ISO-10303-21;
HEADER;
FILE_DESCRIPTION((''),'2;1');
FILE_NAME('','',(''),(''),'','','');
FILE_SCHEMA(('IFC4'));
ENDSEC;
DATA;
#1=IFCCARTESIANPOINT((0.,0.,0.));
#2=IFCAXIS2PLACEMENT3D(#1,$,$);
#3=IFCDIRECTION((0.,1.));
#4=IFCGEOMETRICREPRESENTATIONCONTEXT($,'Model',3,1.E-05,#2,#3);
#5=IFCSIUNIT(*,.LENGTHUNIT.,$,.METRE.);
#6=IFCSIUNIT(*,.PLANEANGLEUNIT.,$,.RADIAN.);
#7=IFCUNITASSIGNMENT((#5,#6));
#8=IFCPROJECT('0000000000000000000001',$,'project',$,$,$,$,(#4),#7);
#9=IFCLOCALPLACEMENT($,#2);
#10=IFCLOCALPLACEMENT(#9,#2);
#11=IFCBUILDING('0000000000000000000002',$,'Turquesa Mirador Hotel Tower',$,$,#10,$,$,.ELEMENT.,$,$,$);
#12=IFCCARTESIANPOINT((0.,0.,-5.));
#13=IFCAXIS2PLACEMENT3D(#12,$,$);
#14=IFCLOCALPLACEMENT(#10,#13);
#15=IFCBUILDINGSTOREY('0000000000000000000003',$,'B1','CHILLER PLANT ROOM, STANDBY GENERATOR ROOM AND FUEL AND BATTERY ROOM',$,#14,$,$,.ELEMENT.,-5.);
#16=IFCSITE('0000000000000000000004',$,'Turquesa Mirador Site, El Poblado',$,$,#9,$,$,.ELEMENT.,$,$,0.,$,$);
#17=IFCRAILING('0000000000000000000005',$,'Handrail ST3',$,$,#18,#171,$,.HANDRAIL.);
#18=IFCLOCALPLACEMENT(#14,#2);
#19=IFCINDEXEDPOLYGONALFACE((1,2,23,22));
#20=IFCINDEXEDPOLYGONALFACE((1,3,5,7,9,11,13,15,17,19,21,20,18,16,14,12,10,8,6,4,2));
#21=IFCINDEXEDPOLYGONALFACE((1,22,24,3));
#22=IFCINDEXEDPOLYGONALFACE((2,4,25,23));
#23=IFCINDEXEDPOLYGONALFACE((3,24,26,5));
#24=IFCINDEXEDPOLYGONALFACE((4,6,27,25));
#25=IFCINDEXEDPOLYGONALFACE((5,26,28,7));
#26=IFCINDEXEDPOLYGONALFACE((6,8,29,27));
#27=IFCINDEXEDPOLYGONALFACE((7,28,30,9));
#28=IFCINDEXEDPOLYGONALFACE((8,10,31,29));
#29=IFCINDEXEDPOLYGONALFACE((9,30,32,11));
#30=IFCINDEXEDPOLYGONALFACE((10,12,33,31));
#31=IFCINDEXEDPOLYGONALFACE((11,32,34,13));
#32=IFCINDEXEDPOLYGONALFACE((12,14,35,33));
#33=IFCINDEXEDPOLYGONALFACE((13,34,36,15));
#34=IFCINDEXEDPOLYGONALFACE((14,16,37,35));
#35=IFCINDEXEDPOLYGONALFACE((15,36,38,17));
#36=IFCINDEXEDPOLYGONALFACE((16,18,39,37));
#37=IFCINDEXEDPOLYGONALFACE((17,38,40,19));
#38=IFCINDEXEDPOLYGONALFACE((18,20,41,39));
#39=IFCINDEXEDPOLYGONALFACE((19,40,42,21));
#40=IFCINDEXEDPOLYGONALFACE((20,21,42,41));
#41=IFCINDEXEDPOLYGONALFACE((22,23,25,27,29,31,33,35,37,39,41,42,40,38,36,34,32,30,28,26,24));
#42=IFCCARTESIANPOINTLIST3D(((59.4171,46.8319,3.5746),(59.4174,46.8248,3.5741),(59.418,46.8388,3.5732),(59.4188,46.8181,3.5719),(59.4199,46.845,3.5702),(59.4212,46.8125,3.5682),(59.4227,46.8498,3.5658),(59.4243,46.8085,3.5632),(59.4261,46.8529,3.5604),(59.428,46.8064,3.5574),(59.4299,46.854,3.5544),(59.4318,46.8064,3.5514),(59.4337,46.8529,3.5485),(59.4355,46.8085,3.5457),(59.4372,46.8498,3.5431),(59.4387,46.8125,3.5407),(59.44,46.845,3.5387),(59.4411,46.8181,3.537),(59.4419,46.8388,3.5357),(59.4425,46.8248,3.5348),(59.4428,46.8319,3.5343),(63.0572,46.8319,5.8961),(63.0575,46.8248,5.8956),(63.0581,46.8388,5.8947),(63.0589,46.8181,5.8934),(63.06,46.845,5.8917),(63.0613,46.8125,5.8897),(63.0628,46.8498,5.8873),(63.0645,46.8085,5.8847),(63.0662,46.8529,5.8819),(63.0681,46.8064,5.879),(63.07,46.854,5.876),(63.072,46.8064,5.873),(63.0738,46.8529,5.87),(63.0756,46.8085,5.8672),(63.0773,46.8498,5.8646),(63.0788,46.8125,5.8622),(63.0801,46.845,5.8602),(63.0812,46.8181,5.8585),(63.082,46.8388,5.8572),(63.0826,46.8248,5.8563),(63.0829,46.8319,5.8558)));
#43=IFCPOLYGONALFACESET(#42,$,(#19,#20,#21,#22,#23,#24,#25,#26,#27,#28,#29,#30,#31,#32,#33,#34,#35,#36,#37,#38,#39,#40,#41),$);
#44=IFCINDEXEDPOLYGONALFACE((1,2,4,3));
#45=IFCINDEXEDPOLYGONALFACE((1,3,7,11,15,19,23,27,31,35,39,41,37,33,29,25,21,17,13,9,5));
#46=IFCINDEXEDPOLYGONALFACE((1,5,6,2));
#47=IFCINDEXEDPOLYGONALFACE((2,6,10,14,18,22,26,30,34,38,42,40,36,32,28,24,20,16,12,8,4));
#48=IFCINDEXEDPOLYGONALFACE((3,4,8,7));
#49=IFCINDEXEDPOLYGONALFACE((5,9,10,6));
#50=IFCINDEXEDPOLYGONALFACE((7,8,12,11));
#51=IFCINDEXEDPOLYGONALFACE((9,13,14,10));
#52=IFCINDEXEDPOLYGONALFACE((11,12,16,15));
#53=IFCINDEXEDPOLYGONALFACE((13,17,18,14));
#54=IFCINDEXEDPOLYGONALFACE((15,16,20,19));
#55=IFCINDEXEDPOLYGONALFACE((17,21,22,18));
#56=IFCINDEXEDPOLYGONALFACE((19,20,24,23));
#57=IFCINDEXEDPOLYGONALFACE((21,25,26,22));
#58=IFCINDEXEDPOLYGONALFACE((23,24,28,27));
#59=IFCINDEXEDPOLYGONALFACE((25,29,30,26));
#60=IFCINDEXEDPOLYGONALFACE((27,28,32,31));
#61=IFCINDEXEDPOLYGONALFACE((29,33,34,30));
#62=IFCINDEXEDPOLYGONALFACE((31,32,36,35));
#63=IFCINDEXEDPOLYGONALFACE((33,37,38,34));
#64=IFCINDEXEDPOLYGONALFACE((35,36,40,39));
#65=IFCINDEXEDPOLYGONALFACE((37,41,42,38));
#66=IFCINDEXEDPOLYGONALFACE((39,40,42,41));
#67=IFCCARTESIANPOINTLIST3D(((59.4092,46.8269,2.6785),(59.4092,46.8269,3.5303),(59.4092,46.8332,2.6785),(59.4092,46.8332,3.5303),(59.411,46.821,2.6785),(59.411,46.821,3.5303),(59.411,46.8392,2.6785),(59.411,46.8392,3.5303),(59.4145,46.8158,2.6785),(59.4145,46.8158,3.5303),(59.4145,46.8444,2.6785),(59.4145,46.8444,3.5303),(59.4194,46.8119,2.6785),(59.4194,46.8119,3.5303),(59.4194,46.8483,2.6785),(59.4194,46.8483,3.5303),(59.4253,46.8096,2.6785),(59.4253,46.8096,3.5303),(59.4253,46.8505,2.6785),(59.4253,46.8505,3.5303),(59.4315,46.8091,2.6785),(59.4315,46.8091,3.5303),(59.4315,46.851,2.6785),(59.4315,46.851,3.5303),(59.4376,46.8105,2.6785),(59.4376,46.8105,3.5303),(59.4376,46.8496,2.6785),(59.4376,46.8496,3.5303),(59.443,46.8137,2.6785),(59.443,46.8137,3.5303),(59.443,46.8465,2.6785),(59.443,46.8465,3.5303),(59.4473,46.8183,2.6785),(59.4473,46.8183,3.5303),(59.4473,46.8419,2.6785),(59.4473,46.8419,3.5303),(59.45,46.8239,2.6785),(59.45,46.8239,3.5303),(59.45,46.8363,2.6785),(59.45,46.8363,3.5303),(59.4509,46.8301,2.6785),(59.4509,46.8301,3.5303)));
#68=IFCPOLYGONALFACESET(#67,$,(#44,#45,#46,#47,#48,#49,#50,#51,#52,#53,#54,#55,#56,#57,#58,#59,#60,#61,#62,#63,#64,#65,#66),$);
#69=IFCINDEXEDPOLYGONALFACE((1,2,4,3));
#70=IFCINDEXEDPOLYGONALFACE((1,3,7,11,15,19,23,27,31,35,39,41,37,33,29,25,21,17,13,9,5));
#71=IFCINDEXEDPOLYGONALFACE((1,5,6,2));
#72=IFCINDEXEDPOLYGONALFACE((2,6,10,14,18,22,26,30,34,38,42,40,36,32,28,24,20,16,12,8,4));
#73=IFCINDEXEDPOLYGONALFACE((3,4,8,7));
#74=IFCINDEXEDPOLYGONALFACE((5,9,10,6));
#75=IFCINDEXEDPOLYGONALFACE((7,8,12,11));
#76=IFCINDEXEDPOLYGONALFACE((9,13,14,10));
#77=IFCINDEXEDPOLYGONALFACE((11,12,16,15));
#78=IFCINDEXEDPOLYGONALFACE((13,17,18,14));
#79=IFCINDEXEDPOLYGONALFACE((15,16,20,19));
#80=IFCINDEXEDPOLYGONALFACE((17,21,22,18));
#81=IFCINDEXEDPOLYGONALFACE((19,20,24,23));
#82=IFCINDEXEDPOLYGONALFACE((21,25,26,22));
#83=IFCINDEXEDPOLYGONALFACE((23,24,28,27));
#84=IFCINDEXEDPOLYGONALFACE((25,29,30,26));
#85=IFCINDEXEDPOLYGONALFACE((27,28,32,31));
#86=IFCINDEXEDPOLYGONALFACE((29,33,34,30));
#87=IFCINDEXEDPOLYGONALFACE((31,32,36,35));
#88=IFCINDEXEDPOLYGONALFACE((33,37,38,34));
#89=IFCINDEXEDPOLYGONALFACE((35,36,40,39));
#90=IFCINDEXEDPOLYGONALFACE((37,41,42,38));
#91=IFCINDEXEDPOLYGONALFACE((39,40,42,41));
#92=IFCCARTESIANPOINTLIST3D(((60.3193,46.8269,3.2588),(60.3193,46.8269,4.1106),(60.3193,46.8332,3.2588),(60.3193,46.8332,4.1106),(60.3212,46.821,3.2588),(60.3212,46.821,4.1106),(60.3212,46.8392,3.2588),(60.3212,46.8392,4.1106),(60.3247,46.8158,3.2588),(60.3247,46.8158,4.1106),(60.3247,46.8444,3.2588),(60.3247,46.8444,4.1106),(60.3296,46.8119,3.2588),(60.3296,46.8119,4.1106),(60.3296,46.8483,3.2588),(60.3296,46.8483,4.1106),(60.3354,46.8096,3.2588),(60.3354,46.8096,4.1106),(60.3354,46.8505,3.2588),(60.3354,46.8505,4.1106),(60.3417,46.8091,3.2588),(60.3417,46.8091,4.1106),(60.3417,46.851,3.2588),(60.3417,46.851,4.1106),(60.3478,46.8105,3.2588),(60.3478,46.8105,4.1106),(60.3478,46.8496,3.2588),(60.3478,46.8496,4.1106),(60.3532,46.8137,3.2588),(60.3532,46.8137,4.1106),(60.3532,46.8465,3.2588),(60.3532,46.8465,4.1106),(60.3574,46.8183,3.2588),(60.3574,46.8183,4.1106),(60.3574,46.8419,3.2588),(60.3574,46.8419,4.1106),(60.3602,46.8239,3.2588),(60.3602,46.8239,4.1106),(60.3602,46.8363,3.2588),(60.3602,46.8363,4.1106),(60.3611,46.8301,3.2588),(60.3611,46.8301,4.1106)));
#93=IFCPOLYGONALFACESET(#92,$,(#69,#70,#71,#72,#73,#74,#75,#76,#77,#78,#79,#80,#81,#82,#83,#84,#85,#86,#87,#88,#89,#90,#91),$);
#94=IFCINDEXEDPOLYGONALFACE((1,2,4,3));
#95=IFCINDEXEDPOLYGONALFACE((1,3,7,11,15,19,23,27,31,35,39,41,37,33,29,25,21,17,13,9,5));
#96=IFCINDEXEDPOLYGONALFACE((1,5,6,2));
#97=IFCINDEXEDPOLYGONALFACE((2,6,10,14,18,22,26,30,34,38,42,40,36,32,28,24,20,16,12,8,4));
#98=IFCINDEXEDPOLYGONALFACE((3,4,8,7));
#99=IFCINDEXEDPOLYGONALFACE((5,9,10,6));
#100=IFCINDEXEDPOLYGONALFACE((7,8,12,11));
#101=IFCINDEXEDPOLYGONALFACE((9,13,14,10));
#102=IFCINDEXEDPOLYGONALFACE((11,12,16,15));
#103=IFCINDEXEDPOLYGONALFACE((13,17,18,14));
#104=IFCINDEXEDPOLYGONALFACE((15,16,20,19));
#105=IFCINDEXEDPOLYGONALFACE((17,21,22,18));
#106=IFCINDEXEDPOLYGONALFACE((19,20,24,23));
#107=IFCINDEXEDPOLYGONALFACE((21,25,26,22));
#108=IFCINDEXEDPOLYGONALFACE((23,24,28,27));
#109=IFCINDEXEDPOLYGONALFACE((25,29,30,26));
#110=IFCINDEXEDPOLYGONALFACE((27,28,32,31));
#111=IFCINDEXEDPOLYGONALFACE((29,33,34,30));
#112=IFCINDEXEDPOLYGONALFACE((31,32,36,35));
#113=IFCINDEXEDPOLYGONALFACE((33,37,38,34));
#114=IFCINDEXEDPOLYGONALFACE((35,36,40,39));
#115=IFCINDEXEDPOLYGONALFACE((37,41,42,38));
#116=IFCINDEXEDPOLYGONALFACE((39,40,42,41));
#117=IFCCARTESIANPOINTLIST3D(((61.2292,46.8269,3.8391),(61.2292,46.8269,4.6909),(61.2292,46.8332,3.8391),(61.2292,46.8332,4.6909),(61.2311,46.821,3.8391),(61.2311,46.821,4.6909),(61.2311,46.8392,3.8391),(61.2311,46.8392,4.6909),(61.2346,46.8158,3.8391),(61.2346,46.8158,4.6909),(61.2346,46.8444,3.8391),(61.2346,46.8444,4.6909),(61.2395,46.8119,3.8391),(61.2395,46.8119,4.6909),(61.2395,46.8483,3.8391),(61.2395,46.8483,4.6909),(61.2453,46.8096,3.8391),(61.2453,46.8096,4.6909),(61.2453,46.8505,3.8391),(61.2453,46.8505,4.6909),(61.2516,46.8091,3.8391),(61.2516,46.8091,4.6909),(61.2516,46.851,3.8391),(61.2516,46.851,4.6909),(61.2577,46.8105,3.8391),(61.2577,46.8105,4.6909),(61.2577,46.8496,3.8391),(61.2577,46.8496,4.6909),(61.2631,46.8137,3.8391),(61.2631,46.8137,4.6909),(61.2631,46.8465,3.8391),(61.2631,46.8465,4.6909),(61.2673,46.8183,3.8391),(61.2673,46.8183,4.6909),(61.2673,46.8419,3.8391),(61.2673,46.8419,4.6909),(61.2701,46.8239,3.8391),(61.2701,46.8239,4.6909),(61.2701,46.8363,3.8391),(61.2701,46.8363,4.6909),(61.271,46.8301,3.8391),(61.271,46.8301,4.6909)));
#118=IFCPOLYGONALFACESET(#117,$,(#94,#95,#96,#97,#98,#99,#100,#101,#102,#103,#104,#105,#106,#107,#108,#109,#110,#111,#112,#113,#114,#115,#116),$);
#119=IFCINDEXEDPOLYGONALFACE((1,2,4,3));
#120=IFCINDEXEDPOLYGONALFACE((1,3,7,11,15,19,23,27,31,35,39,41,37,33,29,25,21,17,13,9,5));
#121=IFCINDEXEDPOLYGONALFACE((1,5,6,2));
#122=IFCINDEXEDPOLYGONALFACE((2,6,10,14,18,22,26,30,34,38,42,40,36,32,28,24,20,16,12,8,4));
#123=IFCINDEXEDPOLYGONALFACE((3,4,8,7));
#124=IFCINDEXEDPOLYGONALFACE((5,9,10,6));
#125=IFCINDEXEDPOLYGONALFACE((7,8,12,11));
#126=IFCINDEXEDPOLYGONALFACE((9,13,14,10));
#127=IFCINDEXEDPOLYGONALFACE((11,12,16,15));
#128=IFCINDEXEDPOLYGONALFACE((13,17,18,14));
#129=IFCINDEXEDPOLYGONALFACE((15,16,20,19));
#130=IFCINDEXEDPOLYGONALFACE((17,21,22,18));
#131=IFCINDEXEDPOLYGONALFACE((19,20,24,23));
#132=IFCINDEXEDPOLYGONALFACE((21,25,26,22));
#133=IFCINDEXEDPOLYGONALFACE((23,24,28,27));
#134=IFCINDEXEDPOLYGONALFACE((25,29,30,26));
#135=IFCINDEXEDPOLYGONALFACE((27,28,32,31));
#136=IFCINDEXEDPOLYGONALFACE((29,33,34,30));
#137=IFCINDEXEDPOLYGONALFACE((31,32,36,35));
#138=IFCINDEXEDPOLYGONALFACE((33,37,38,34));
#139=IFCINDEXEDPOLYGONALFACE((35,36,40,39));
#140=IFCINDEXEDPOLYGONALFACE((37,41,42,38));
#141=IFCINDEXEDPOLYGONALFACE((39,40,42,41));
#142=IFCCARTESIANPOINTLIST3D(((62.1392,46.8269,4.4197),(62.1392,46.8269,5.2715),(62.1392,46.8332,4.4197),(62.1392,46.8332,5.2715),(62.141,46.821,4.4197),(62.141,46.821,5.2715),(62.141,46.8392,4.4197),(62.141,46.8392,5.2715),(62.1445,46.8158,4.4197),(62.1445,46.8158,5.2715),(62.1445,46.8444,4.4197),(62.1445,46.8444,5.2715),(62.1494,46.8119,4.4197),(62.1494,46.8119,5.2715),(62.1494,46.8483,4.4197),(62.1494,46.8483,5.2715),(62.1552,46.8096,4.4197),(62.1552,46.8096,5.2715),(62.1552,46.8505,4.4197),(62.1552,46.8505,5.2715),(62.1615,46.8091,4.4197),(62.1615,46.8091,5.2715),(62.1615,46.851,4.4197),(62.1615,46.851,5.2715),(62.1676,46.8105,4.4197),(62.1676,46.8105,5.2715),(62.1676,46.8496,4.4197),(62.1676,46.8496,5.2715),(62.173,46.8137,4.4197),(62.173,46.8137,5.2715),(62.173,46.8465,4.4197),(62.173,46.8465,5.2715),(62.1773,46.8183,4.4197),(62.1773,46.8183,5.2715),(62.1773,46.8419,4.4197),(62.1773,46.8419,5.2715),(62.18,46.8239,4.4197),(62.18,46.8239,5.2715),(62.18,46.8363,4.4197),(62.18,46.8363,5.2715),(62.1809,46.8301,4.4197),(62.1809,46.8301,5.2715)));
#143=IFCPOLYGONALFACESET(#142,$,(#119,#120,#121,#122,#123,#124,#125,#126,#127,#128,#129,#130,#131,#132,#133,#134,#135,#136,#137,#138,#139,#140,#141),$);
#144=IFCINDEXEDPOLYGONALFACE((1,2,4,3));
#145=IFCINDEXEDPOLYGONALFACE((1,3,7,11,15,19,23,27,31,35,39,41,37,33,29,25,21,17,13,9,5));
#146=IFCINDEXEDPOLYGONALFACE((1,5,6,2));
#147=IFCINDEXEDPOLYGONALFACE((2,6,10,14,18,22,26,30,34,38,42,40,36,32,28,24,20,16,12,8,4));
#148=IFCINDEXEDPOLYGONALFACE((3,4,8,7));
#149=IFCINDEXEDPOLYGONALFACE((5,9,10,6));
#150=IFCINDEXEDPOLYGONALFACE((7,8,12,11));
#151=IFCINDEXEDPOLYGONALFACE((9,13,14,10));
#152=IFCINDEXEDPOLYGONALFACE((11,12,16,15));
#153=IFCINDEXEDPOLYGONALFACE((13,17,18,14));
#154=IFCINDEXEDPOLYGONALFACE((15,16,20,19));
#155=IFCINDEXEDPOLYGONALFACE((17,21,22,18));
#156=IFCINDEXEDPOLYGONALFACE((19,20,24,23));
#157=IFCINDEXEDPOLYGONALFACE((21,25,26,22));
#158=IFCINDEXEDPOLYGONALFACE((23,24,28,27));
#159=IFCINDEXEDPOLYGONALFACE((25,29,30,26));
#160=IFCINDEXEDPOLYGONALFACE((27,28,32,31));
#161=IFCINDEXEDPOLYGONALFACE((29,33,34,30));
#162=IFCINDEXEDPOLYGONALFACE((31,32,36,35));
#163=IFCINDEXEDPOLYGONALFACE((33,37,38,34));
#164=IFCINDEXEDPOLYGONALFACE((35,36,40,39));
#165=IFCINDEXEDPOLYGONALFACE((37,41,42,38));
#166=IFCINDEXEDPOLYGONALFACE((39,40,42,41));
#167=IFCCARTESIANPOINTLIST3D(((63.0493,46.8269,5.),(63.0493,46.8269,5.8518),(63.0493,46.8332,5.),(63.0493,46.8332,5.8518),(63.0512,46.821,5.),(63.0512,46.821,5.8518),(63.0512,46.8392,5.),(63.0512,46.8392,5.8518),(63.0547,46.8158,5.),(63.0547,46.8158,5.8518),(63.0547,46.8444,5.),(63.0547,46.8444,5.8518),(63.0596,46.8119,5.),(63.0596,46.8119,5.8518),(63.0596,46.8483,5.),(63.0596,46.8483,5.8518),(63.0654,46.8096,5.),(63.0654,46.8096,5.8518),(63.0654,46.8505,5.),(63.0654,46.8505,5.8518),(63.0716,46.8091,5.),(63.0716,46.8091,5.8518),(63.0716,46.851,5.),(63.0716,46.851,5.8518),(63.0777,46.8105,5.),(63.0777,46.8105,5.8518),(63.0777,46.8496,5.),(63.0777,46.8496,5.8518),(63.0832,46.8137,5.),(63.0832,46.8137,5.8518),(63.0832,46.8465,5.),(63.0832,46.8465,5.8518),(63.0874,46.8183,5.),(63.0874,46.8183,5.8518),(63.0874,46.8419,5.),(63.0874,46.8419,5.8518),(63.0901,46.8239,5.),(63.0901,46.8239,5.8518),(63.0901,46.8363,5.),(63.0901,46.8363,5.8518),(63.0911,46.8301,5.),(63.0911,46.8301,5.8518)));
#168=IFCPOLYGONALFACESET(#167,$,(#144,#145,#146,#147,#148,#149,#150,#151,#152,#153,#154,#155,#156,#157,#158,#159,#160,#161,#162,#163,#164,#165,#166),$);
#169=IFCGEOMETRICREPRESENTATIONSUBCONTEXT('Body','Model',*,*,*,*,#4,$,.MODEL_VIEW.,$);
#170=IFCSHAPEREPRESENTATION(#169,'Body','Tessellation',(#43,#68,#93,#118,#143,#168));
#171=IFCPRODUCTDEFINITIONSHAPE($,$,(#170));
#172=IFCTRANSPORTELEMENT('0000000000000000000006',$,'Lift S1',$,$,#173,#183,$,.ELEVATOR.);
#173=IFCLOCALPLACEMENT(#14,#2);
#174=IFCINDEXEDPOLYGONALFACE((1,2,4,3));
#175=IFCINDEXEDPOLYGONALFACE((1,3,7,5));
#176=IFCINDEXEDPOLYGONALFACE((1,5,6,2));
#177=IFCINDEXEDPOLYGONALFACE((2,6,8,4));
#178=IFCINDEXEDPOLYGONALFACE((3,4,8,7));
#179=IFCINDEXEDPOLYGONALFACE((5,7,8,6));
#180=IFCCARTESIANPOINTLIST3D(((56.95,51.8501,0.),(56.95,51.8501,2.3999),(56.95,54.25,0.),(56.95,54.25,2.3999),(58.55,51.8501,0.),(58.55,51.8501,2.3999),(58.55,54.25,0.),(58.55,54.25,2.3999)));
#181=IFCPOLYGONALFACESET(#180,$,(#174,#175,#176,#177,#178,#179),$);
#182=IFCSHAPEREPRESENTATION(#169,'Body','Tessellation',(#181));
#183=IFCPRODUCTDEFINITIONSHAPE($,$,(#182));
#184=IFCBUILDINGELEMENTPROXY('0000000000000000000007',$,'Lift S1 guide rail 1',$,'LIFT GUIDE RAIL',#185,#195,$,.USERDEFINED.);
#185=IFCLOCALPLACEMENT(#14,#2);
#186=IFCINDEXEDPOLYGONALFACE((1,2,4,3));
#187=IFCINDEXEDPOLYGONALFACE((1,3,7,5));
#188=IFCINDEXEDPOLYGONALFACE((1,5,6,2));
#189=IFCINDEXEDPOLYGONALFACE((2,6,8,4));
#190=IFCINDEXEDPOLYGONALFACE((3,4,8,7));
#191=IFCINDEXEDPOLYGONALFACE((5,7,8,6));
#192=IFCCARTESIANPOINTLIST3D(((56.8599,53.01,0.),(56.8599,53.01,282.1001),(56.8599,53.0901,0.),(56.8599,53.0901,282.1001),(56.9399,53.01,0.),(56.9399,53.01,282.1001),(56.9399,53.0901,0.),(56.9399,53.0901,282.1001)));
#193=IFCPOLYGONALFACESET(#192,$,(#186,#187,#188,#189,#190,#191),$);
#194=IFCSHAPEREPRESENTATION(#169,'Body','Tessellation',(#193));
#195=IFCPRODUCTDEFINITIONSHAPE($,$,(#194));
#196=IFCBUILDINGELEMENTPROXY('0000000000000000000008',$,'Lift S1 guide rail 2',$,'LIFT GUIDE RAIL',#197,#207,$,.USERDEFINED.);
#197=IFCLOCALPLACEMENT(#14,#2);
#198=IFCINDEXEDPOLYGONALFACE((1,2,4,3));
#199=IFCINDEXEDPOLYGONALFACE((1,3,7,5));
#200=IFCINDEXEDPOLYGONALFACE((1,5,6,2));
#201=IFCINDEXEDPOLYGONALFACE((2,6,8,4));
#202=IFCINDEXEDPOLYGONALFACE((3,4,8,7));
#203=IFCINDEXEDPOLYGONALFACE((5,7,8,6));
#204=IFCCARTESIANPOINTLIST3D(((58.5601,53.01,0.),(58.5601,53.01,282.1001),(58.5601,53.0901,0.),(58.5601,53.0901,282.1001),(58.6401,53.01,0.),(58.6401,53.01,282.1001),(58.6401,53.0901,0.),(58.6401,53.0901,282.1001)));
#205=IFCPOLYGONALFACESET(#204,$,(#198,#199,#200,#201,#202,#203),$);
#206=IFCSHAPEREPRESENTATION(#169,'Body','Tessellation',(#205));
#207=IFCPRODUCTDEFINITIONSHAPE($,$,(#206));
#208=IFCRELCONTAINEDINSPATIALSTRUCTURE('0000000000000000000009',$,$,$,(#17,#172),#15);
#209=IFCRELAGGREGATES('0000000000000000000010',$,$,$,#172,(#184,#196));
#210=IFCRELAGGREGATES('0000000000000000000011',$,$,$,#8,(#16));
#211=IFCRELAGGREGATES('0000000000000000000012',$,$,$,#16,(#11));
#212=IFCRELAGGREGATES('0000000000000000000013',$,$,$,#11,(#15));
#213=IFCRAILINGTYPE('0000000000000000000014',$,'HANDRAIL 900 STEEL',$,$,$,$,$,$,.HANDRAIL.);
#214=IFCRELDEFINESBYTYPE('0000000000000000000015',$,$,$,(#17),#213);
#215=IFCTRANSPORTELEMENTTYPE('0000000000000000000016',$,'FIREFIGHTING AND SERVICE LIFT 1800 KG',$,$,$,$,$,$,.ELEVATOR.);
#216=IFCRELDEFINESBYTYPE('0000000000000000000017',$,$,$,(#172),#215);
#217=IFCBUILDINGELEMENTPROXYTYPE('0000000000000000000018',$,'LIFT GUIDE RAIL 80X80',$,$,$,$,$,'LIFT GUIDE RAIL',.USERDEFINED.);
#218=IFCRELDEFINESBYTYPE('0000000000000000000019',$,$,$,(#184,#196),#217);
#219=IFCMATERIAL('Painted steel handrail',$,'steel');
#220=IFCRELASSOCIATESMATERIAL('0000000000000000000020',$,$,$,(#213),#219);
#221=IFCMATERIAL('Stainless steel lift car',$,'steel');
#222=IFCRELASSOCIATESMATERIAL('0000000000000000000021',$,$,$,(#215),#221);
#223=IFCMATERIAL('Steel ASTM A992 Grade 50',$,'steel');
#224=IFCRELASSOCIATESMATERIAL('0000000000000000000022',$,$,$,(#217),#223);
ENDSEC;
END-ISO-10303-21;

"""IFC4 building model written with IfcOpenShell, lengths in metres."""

from ifc_helpers import new_model, si_unit, direction, frame, origin, origin_2d, place, context, subcontext, project, spatial, rectangle, circle, extrude, material, type_object, element, aggregate, save


model = new_model("IFC4")

# Units and contexts
model_context = context("Model", 3, precision=1e-05, world=origin(), true_north=direction((0.0, 1.0)))
body_context = subcontext(model_context, "Body", "Model", "MODEL_VIEW")
ifc_project = project(units=[si_unit("LENGTHUNIT", "METRE"), si_unit("PLANEANGLEUNIT", "RADIAN")], contexts=[model_context])

# Site, building, storey
site_placement = place(None, origin())
site = spatial("IfcSite", under=ifc_project, at=site_placement, Name="Turquesa Mirador Site, El Poblado", CompositionType="ELEMENT", RefElevation=0.0)
building_placement = place(site_placement, origin())
building = spatial("IfcBuilding", under=site, at=building_placement, Name="Turquesa Mirador Hotel Tower", CompositionType="ELEMENT")
storey_placement = place(building_placement, frame((0.0, 0.0, -5.0)))
storey = spatial("IfcBuildingStorey", under=building, at=storey_placement, Name="B1", Description="CHILLER PLANT ROOM, STANDBY GENERATOR ROOM AND FUEL AND BATTERY ROOM", CompositionType="ELEMENT", Elevation=-5.0)

# Railing
ifc_material_1 = material(Name="Painted steel handrail", Category="steel")
railing_type = type_object("IfcRailingType", Name="HANDRAIL 900 STEEL", PredefinedType="HANDRAIL", material=ifc_material_1)
railing_placement = place(storey_placement, frame((59.4299, 46.8301, 2.6785)))
element("IfcRailing", 1, at=railing_placement, inside=storey, type_object=railing_type, Name="Handrail ST3", PredefinedType="HANDRAIL", context=body_context, shape_type="SweptSolid", body=[
    extrude(circle(Radius=0.0239, at=origin_2d()), frame((0.0, 0.0, 0.876), z_axis=(0.843128, 0.0, 0.537713), x_axis=(0.0, 1.0, 0.0)), (0.0, 0.0, 1.0), 4.3174),
    extrude(circle(Radius=0.021, at=origin_2d()), origin(), (0.0, 0.0, 1.0), 0.8518),
    extrude(circle(Radius=0.021, at=origin_2d()), frame((0.9102, 0.0, 0.5803)), (0.0, 0.0, 1.0), 0.8518),
    extrude(circle(Radius=0.021, at=origin_2d()), frame((1.8201, 0.0, 1.1606)), (0.0, 0.0, 1.0), 0.8518),
    extrude(circle(Radius=0.021, at=origin_2d()), frame((2.73, 0.0, 1.7412)), (0.0, 0.0, 1.0), 0.8518),
    extrude(circle(Radius=0.021, at=origin_2d()), frame((3.6401, 0.0, 2.3215)), (0.0, 0.0, 1.0), 0.8518),
])

# Transport element
ifc_material_2 = material(Name="Stainless steel lift car", Category="steel")
transport_element_type = type_object("IfcTransportElementType", Name="FIREFIGHTING AND SERVICE LIFT 1800 KG", PredefinedType="ELEVATOR", material=ifc_material_2)
transport_element_1_placement = place(storey_placement, frame((57.75, 53.05, 0.0), z_axis=(0.0, 0.0, 1.0), x_axis=(1.0, 0.0, 0.0)))
transport_element_1 = element("IfcTransportElement", 2, at=transport_element_1_placement, inside=storey, type_object=transport_element_type, Name="Lift S1", PredefinedType="ELEVATOR", context=body_context, shape_type="SweptSolid", body=[
    extrude(rectangle(XDim=1.6001, YDim=2.3999, at=origin_2d()), origin(), (0.0, 0.0, 1.0), 2.3999),
])

# Building element proxies
ifc_material_3 = material(Name="Steel ASTM A992 Grade 50", Category="steel")
building_element_proxy_type = type_object("IfcBuildingElementProxyType", Name="LIFT GUIDE RAIL 80X80", ElementType="LIFT GUIDE RAIL", PredefinedType="USERDEFINED", material=ifc_material_3)
proxy_1_placement = place(storey_placement, frame((56.8999, 53.05, 0.0), z_axis=(0.0, 0.0, 1.0), x_axis=(1.0, 0.0, 0.0)))
proxy_1 = element("IfcBuildingElementProxy", 3, at=proxy_1_placement, type_object=building_element_proxy_type, Name="Lift S1 guide rail 1", ObjectType="LIFT GUIDE RAIL", PredefinedType="USERDEFINED", context=body_context, shape_type="SweptSolid", body=[
    extrude(rectangle(XDim=0.0801, YDim=0.0801, at=origin_2d()), origin(), (0.0, 0.0, 1.0), 282.1001),
])
proxy_2_placement = place(storey_placement, frame((58.6001, 53.05, 0.0), z_axis=(0.0, 0.0, 1.0), x_axis=(1.0, 0.0, 0.0)))
proxy_2 = element("IfcBuildingElementProxy", 4, at=proxy_2_placement, type_object=building_element_proxy_type, Name="Lift S1 guide rail 2", ObjectType="LIFT GUIDE RAIL", PredefinedType="USERDEFINED", context=body_context, shape_type="SweptSolid", body=[
    extrude(rectangle(XDim=0.0801, YDim=0.0801, at=origin_2d()), origin(), (0.0, 0.0, 1.0), 282.1001),
])
aggregate(transport_element_1, [proxy_1, proxy_2])

save(model, "model.ifc")
